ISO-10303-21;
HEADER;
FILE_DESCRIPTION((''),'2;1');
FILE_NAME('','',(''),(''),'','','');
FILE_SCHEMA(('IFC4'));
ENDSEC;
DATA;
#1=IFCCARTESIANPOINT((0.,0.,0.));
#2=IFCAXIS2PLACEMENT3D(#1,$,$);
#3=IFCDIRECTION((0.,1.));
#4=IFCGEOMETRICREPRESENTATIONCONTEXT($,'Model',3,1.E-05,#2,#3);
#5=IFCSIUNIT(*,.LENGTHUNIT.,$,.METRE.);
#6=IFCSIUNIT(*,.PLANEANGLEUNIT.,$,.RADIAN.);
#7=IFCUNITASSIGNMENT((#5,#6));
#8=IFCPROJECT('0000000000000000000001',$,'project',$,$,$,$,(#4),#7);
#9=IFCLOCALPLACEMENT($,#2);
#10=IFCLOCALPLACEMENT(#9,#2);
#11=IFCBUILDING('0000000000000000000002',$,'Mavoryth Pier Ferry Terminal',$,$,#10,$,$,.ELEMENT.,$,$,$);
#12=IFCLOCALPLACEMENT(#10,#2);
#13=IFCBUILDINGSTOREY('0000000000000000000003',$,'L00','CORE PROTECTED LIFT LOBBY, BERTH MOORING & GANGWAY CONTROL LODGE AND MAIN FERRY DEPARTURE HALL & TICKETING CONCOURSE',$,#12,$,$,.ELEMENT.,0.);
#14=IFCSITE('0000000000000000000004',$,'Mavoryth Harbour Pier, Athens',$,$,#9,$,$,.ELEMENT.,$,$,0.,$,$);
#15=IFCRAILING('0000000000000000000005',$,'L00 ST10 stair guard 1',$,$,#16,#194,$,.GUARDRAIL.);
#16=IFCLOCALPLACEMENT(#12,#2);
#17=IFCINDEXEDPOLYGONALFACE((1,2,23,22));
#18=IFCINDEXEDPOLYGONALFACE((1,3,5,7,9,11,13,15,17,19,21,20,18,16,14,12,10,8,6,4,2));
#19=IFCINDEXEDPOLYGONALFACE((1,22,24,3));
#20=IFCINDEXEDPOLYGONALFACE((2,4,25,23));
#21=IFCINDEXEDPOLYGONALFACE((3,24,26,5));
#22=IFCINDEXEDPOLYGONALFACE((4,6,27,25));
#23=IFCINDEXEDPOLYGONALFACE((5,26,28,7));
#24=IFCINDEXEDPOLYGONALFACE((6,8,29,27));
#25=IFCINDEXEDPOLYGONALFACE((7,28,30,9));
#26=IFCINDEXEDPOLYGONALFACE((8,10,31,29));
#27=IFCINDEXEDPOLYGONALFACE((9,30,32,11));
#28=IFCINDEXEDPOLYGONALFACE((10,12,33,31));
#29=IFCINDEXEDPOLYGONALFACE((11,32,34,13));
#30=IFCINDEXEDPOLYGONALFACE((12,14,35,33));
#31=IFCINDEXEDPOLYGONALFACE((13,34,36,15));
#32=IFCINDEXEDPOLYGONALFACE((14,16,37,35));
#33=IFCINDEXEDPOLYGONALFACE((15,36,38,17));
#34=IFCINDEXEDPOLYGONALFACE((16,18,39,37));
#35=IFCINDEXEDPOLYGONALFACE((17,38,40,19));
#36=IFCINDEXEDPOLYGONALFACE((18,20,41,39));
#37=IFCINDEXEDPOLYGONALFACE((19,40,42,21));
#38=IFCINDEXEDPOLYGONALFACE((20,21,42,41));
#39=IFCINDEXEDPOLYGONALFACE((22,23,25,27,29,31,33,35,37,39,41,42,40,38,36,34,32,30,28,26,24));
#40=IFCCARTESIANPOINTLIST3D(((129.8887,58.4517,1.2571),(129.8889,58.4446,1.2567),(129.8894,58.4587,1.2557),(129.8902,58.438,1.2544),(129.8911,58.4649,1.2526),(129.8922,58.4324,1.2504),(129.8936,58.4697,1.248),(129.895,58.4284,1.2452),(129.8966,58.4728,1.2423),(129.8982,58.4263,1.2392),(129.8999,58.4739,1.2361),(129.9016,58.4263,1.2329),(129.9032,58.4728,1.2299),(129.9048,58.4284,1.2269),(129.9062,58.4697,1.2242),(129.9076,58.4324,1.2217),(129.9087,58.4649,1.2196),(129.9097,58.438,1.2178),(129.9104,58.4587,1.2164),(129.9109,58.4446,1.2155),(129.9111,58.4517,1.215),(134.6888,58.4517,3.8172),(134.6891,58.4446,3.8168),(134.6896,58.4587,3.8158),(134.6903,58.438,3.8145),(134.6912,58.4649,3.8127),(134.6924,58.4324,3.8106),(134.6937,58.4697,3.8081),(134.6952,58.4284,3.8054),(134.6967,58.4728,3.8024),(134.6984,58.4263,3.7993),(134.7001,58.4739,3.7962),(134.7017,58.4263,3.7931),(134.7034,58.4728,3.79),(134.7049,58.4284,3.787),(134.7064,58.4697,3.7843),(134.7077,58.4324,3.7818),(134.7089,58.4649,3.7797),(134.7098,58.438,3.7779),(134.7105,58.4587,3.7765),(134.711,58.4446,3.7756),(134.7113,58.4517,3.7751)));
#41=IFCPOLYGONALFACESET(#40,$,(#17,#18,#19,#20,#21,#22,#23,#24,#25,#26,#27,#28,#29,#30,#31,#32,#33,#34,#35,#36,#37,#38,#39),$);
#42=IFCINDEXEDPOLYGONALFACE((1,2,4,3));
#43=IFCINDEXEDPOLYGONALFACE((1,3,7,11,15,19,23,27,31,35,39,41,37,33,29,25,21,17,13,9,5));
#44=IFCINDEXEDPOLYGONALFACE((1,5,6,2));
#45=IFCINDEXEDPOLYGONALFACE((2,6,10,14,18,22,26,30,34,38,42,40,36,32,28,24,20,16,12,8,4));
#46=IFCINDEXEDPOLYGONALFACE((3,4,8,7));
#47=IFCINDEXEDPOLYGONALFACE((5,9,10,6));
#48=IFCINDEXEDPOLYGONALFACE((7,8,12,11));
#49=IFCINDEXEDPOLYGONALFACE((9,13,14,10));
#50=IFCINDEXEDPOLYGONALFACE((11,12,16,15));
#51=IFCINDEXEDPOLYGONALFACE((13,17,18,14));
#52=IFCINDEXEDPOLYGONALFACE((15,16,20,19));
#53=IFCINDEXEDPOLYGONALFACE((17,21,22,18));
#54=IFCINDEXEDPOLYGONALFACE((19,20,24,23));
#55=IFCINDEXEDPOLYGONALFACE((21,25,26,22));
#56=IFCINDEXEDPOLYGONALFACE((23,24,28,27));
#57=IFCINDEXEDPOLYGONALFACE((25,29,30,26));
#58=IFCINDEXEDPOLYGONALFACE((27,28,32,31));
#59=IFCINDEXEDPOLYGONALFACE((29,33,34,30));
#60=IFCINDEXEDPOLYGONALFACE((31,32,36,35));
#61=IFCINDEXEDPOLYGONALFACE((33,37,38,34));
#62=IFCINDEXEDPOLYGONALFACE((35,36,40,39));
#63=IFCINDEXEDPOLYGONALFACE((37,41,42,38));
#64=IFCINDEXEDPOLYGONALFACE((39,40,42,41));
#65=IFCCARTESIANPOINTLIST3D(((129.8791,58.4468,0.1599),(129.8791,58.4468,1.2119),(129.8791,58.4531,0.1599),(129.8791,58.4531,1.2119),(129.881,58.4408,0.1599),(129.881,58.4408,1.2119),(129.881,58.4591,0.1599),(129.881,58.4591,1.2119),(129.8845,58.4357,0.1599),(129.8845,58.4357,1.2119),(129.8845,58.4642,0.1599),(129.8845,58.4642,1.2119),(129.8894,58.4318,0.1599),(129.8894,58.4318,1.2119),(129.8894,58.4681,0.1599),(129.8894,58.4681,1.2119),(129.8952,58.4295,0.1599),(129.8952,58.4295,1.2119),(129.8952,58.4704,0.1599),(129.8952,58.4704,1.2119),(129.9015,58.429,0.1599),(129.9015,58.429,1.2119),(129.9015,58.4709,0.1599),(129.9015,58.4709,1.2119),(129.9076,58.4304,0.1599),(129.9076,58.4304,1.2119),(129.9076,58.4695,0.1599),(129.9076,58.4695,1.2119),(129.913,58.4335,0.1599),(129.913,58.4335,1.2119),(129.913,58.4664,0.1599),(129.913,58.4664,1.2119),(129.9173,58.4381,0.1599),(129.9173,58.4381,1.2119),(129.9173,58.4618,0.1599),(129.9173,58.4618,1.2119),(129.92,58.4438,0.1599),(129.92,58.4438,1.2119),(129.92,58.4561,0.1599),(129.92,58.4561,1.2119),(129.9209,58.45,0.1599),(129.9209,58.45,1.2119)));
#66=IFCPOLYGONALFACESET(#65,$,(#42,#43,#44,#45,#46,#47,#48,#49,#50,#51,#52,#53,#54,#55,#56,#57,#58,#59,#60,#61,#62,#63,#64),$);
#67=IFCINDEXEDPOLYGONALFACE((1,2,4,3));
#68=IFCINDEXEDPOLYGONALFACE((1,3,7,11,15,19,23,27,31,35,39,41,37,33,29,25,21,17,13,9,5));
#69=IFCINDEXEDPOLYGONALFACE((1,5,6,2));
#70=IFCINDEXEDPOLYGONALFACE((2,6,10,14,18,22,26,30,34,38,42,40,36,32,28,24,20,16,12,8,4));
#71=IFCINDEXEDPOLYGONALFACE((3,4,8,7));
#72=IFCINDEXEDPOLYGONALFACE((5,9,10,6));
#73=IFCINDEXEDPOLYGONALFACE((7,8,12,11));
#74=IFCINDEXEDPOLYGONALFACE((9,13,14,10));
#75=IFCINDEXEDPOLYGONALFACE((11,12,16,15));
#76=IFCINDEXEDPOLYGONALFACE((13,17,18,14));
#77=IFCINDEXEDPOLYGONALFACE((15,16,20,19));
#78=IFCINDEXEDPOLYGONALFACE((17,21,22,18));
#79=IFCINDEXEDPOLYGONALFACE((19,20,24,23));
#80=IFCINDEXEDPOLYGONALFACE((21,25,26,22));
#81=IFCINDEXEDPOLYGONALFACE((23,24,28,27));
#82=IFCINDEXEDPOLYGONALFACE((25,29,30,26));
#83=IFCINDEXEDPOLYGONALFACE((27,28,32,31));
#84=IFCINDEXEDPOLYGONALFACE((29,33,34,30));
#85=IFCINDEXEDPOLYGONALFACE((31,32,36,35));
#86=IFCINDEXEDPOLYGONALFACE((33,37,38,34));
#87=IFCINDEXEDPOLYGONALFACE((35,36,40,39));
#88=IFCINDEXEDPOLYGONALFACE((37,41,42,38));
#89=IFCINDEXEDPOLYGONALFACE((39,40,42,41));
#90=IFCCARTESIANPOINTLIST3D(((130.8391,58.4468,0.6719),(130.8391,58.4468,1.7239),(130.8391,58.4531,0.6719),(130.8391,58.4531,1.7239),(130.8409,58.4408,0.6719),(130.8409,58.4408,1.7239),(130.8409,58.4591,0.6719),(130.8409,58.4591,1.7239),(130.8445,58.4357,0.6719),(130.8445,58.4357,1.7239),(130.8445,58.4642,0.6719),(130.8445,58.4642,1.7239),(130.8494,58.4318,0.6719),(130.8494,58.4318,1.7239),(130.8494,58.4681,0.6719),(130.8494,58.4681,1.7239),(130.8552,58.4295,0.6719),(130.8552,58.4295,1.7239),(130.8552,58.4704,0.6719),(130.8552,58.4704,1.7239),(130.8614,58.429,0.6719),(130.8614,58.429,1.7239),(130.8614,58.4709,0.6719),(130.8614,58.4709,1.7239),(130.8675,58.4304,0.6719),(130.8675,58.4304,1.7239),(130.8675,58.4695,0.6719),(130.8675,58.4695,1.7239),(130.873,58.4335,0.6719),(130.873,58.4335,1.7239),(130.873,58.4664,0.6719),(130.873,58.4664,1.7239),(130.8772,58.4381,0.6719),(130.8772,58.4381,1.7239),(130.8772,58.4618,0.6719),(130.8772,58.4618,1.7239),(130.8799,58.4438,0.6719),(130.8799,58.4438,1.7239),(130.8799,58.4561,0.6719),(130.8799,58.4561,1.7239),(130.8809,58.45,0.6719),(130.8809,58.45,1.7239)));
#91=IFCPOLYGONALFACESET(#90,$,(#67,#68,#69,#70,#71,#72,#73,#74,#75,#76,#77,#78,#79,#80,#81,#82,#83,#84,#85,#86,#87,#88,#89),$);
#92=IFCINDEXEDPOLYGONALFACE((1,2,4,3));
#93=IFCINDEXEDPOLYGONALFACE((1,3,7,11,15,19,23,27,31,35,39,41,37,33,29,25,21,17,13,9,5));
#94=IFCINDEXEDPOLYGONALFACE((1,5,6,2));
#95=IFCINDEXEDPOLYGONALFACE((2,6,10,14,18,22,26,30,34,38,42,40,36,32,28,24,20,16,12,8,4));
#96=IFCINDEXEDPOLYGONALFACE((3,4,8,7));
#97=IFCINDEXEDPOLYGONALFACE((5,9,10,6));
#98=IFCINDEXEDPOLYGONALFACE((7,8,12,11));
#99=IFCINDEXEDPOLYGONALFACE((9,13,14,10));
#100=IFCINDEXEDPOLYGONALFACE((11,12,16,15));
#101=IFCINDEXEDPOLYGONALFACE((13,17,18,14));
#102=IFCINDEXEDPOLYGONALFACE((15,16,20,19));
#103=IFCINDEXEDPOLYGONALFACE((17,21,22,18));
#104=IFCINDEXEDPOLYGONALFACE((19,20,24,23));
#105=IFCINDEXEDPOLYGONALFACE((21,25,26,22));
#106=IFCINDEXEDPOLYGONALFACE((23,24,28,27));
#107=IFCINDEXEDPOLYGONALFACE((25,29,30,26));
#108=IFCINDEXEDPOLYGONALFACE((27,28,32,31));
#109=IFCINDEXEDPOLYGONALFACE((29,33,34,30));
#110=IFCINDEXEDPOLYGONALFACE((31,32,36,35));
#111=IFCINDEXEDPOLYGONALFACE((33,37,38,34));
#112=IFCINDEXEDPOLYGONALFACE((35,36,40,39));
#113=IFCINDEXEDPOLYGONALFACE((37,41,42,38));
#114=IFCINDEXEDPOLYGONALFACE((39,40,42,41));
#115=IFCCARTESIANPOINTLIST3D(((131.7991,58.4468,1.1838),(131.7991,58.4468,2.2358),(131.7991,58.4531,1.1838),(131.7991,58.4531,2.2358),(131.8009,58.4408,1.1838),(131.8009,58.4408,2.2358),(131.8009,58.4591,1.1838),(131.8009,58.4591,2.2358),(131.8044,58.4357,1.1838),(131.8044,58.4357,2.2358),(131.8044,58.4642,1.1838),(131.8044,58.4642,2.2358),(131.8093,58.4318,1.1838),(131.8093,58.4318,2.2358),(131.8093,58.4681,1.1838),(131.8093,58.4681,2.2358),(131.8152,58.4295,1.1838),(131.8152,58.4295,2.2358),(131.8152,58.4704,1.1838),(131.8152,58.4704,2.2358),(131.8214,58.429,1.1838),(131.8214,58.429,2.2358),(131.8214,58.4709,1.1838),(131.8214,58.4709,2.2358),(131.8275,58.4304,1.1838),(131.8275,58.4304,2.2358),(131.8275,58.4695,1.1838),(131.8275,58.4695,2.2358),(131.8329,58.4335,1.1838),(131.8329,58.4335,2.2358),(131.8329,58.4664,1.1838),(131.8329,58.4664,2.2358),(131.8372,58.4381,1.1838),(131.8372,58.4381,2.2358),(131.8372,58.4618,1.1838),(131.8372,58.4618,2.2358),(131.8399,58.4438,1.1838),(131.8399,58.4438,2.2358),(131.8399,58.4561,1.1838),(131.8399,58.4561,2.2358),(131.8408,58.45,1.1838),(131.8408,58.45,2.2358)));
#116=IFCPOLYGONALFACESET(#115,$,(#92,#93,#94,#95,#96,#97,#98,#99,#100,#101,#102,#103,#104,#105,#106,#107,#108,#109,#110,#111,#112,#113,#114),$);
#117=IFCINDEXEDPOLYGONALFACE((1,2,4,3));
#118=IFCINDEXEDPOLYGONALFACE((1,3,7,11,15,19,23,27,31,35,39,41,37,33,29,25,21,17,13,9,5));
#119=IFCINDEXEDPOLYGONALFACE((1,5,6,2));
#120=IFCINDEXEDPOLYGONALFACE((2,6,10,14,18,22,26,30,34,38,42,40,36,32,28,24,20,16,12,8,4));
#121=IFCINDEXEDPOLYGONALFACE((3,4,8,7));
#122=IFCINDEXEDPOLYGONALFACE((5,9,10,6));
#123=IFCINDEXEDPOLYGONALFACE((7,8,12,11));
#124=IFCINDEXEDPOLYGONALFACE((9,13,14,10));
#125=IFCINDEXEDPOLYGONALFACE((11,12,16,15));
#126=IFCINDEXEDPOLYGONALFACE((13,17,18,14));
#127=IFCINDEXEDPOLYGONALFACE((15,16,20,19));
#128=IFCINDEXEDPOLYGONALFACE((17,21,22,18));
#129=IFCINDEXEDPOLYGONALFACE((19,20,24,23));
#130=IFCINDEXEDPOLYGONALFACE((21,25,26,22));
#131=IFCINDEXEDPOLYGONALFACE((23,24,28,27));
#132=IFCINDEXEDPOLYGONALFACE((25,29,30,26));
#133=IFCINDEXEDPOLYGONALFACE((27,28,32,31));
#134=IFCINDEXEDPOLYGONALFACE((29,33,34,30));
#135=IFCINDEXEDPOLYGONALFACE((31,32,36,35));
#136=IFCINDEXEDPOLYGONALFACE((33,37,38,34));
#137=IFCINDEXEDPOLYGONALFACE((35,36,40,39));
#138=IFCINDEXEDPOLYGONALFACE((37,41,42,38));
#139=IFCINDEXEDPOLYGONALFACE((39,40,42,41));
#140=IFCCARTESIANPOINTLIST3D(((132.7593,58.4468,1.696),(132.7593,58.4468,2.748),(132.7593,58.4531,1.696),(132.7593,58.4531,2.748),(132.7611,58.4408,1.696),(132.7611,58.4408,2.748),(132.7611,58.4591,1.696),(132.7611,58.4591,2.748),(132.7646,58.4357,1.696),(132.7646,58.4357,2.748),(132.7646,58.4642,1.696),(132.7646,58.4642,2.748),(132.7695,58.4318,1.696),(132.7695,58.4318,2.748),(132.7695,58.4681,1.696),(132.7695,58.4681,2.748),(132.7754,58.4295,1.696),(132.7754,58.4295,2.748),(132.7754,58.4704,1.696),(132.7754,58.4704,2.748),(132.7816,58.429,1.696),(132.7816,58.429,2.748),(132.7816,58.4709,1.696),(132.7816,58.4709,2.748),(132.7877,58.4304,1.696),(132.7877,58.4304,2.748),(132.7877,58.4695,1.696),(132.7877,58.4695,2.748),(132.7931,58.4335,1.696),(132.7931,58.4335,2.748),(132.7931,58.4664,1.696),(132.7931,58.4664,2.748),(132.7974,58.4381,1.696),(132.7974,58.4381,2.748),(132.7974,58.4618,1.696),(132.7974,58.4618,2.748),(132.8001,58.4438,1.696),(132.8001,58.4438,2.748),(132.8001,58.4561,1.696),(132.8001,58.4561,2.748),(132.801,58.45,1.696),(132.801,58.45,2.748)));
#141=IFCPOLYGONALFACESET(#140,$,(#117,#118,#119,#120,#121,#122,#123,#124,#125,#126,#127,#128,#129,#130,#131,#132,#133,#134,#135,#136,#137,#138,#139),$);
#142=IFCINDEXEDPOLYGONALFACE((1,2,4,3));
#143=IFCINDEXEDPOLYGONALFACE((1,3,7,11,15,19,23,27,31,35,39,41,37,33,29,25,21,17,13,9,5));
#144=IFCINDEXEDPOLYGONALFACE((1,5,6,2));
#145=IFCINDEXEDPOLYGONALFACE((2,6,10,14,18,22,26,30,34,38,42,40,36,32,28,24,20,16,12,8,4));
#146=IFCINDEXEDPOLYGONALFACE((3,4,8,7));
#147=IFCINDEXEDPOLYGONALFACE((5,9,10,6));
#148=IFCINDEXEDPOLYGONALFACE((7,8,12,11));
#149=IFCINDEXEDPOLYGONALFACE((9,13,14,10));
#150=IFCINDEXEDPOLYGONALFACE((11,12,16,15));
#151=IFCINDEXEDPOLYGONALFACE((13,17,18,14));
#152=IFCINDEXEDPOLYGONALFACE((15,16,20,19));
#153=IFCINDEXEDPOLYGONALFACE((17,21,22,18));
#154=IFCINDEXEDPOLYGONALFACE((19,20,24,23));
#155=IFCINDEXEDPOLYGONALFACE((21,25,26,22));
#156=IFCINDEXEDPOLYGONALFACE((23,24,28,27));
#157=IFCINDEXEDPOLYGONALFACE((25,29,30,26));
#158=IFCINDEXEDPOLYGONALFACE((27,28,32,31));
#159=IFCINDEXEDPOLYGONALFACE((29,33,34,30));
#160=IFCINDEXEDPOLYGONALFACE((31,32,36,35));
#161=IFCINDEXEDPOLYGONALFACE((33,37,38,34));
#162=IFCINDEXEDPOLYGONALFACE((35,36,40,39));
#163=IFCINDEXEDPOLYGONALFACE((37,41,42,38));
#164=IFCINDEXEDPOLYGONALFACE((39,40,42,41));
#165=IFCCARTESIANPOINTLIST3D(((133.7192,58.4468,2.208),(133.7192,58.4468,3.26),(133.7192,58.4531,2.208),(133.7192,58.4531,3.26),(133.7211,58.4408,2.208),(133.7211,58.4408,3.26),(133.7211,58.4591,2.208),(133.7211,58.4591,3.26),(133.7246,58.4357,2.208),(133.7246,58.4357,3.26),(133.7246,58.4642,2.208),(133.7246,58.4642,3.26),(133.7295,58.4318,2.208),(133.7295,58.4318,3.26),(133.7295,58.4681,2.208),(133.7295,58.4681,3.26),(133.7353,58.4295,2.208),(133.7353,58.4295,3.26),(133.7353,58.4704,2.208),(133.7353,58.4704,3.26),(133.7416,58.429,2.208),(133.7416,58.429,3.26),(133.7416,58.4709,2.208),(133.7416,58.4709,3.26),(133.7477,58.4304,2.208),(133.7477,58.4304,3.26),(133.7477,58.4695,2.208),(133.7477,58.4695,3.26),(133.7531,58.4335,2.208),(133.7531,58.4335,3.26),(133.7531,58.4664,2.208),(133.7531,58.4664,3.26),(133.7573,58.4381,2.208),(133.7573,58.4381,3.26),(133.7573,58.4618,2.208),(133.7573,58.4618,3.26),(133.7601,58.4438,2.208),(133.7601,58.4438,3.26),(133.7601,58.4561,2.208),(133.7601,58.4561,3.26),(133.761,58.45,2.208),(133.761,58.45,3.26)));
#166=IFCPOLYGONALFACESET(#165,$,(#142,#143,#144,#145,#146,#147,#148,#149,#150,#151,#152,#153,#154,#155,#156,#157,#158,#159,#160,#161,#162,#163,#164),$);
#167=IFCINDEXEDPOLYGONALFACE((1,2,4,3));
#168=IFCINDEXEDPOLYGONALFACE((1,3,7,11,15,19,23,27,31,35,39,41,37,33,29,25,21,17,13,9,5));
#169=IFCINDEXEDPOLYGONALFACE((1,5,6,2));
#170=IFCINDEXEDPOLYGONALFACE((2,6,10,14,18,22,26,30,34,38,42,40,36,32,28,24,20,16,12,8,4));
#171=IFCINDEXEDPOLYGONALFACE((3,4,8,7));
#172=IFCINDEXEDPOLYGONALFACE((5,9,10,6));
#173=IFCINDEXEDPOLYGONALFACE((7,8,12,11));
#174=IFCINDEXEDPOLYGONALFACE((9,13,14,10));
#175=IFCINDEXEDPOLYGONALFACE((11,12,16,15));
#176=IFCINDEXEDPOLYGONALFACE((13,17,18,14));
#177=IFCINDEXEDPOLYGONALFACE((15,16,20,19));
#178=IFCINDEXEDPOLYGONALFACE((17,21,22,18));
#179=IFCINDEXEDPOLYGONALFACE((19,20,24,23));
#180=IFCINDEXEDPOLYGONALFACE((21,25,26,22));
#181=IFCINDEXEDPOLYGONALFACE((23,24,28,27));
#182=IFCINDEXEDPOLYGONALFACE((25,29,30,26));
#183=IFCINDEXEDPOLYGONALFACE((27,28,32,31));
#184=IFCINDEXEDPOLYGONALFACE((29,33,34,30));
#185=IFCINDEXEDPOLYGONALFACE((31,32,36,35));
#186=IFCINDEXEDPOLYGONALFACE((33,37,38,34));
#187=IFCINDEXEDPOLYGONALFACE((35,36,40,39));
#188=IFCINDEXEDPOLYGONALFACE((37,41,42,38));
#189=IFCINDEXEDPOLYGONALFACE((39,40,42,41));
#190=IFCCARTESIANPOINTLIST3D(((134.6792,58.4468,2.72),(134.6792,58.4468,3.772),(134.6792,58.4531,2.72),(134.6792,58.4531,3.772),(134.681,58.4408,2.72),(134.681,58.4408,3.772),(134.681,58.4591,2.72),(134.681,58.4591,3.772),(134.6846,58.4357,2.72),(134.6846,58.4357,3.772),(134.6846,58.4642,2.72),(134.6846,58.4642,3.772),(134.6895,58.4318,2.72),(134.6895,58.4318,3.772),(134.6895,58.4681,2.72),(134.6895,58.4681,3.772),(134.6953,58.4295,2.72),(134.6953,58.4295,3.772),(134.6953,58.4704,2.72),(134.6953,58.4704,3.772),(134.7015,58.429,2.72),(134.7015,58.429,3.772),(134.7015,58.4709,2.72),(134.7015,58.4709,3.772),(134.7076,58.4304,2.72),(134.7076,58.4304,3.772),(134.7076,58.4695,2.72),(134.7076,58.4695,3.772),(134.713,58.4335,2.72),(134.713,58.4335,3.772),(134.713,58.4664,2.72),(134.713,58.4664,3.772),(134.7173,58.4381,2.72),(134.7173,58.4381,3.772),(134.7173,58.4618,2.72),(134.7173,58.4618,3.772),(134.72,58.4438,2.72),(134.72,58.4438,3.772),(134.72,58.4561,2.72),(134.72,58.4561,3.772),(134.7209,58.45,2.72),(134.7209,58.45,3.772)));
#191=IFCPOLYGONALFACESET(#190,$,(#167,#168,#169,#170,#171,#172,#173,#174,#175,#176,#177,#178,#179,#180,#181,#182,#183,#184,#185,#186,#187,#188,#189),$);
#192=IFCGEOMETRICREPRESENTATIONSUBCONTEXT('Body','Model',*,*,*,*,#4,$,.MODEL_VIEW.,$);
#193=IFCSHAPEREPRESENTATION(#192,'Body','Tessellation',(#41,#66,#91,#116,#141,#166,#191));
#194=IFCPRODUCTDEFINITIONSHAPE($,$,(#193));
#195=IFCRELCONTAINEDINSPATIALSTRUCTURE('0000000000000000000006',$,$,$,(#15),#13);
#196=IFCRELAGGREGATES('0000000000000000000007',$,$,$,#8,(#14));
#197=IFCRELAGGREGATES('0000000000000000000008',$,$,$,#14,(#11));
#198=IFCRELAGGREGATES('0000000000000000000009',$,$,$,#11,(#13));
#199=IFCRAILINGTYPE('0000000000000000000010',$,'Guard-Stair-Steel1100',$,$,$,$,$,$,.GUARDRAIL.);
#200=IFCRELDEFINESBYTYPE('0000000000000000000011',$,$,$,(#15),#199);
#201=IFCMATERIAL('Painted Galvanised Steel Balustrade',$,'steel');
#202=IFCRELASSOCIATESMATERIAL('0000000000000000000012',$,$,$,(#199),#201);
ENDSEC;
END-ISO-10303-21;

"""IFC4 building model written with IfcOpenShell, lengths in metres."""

from ifc_helpers import new_model, si_unit, direction, frame, origin, origin_2d, place, context, subcontext, project, spatial, circle, extrude, material, type_object, element, save


model = new_model("IFC4")

# Units and contexts
model_context = context("Model", 3, precision=1e-05, world=origin(), true_north=direction((0.0, 1.0)))
body_context = subcontext(model_context, "Body", "Model", "MODEL_VIEW")
ifc_project = project(units=[si_unit("LENGTHUNIT", "METRE"), si_unit("PLANEANGLEUNIT", "RADIAN")], contexts=[model_context])

# Site, building, storey
site_placement = place(None, origin())
site = spatial("IfcSite", under=ifc_project, at=site_placement, Name="Mavoryth Harbour Pier, Athens", CompositionType="ELEMENT", RefElevation=0.0)
building_placement = place(site_placement, origin())
building = spatial("IfcBuilding", under=site, at=building_placement, Name="Mavoryth Pier Ferry Terminal", CompositionType="ELEMENT")
storey_placement = place(building_placement, origin())
storey = spatial("IfcBuildingStorey", under=building, at=storey_placement, Name="L00", Description="CORE PROTECTED LIFT LOBBY, BERTH MOORING & GANGWAY CONTROL LODGE AND MAIN FERRY DEPARTURE HALL & TICKETING CONCOURSE", CompositionType="ELEMENT", Elevation=0.0)

# Railing
ifc_material_1 = material(Name="Painted Galvanised Steel Balustrade", Category="steel")
railing_type_1 = type_object("IfcRailingType", Name="Guard-Stair-Steel1100", PredefinedType="GUARDRAIL", material=ifc_material_1)
railing_1_placement = place(storey_placement, frame((129.8999, 58.45, 0.1599)))
element("IfcRailing", 1, at=railing_1_placement, inside=storey, type_object=railing_type_1, Name="L00 ST10 stair guard 1", PredefinedType="GUARDRAIL", context=body_context, shape_type="SweptSolid", body=[
    extrude(circle(Radius=0.0239, at=origin_2d()), frame((0.0, 0.0, 1.0762), z_axis=(0.88235, 0.0, 0.470593), x_axis=(0.0, 1.0, 0.0)), (0.0, 0.0, 1.0), 5.4402),
    extrude(circle(Radius=0.021, at=origin_2d()), origin(), (0.0, 0.0, 1.0), 1.052),
    extrude(circle(Radius=0.021, at=origin_2d()), frame((0.96, 0.0, 0.512)), (0.0, 0.0, 1.0), 1.052),
    extrude(circle(Radius=0.021, at=origin_2d()), frame((1.9199, 0.0, 1.0239)), (0.0, 0.0, 1.0), 1.052),
    extrude(circle(Radius=0.021, at=origin_2d()), frame((2.8801, 0.0, 1.5361)), (0.0, 0.0, 1.0), 1.052),
    extrude(circle(Radius=0.021, at=origin_2d()), frame((3.8401, 0.0, 2.0481)), (0.0, 0.0, 1.0), 1.052),
    extrude(circle(Radius=0.021, at=origin_2d()), frame((4.8, 0.0, 2.5601)), (0.0, 0.0, 1.0), 1.052),
])

save(model, "model.ifc")
